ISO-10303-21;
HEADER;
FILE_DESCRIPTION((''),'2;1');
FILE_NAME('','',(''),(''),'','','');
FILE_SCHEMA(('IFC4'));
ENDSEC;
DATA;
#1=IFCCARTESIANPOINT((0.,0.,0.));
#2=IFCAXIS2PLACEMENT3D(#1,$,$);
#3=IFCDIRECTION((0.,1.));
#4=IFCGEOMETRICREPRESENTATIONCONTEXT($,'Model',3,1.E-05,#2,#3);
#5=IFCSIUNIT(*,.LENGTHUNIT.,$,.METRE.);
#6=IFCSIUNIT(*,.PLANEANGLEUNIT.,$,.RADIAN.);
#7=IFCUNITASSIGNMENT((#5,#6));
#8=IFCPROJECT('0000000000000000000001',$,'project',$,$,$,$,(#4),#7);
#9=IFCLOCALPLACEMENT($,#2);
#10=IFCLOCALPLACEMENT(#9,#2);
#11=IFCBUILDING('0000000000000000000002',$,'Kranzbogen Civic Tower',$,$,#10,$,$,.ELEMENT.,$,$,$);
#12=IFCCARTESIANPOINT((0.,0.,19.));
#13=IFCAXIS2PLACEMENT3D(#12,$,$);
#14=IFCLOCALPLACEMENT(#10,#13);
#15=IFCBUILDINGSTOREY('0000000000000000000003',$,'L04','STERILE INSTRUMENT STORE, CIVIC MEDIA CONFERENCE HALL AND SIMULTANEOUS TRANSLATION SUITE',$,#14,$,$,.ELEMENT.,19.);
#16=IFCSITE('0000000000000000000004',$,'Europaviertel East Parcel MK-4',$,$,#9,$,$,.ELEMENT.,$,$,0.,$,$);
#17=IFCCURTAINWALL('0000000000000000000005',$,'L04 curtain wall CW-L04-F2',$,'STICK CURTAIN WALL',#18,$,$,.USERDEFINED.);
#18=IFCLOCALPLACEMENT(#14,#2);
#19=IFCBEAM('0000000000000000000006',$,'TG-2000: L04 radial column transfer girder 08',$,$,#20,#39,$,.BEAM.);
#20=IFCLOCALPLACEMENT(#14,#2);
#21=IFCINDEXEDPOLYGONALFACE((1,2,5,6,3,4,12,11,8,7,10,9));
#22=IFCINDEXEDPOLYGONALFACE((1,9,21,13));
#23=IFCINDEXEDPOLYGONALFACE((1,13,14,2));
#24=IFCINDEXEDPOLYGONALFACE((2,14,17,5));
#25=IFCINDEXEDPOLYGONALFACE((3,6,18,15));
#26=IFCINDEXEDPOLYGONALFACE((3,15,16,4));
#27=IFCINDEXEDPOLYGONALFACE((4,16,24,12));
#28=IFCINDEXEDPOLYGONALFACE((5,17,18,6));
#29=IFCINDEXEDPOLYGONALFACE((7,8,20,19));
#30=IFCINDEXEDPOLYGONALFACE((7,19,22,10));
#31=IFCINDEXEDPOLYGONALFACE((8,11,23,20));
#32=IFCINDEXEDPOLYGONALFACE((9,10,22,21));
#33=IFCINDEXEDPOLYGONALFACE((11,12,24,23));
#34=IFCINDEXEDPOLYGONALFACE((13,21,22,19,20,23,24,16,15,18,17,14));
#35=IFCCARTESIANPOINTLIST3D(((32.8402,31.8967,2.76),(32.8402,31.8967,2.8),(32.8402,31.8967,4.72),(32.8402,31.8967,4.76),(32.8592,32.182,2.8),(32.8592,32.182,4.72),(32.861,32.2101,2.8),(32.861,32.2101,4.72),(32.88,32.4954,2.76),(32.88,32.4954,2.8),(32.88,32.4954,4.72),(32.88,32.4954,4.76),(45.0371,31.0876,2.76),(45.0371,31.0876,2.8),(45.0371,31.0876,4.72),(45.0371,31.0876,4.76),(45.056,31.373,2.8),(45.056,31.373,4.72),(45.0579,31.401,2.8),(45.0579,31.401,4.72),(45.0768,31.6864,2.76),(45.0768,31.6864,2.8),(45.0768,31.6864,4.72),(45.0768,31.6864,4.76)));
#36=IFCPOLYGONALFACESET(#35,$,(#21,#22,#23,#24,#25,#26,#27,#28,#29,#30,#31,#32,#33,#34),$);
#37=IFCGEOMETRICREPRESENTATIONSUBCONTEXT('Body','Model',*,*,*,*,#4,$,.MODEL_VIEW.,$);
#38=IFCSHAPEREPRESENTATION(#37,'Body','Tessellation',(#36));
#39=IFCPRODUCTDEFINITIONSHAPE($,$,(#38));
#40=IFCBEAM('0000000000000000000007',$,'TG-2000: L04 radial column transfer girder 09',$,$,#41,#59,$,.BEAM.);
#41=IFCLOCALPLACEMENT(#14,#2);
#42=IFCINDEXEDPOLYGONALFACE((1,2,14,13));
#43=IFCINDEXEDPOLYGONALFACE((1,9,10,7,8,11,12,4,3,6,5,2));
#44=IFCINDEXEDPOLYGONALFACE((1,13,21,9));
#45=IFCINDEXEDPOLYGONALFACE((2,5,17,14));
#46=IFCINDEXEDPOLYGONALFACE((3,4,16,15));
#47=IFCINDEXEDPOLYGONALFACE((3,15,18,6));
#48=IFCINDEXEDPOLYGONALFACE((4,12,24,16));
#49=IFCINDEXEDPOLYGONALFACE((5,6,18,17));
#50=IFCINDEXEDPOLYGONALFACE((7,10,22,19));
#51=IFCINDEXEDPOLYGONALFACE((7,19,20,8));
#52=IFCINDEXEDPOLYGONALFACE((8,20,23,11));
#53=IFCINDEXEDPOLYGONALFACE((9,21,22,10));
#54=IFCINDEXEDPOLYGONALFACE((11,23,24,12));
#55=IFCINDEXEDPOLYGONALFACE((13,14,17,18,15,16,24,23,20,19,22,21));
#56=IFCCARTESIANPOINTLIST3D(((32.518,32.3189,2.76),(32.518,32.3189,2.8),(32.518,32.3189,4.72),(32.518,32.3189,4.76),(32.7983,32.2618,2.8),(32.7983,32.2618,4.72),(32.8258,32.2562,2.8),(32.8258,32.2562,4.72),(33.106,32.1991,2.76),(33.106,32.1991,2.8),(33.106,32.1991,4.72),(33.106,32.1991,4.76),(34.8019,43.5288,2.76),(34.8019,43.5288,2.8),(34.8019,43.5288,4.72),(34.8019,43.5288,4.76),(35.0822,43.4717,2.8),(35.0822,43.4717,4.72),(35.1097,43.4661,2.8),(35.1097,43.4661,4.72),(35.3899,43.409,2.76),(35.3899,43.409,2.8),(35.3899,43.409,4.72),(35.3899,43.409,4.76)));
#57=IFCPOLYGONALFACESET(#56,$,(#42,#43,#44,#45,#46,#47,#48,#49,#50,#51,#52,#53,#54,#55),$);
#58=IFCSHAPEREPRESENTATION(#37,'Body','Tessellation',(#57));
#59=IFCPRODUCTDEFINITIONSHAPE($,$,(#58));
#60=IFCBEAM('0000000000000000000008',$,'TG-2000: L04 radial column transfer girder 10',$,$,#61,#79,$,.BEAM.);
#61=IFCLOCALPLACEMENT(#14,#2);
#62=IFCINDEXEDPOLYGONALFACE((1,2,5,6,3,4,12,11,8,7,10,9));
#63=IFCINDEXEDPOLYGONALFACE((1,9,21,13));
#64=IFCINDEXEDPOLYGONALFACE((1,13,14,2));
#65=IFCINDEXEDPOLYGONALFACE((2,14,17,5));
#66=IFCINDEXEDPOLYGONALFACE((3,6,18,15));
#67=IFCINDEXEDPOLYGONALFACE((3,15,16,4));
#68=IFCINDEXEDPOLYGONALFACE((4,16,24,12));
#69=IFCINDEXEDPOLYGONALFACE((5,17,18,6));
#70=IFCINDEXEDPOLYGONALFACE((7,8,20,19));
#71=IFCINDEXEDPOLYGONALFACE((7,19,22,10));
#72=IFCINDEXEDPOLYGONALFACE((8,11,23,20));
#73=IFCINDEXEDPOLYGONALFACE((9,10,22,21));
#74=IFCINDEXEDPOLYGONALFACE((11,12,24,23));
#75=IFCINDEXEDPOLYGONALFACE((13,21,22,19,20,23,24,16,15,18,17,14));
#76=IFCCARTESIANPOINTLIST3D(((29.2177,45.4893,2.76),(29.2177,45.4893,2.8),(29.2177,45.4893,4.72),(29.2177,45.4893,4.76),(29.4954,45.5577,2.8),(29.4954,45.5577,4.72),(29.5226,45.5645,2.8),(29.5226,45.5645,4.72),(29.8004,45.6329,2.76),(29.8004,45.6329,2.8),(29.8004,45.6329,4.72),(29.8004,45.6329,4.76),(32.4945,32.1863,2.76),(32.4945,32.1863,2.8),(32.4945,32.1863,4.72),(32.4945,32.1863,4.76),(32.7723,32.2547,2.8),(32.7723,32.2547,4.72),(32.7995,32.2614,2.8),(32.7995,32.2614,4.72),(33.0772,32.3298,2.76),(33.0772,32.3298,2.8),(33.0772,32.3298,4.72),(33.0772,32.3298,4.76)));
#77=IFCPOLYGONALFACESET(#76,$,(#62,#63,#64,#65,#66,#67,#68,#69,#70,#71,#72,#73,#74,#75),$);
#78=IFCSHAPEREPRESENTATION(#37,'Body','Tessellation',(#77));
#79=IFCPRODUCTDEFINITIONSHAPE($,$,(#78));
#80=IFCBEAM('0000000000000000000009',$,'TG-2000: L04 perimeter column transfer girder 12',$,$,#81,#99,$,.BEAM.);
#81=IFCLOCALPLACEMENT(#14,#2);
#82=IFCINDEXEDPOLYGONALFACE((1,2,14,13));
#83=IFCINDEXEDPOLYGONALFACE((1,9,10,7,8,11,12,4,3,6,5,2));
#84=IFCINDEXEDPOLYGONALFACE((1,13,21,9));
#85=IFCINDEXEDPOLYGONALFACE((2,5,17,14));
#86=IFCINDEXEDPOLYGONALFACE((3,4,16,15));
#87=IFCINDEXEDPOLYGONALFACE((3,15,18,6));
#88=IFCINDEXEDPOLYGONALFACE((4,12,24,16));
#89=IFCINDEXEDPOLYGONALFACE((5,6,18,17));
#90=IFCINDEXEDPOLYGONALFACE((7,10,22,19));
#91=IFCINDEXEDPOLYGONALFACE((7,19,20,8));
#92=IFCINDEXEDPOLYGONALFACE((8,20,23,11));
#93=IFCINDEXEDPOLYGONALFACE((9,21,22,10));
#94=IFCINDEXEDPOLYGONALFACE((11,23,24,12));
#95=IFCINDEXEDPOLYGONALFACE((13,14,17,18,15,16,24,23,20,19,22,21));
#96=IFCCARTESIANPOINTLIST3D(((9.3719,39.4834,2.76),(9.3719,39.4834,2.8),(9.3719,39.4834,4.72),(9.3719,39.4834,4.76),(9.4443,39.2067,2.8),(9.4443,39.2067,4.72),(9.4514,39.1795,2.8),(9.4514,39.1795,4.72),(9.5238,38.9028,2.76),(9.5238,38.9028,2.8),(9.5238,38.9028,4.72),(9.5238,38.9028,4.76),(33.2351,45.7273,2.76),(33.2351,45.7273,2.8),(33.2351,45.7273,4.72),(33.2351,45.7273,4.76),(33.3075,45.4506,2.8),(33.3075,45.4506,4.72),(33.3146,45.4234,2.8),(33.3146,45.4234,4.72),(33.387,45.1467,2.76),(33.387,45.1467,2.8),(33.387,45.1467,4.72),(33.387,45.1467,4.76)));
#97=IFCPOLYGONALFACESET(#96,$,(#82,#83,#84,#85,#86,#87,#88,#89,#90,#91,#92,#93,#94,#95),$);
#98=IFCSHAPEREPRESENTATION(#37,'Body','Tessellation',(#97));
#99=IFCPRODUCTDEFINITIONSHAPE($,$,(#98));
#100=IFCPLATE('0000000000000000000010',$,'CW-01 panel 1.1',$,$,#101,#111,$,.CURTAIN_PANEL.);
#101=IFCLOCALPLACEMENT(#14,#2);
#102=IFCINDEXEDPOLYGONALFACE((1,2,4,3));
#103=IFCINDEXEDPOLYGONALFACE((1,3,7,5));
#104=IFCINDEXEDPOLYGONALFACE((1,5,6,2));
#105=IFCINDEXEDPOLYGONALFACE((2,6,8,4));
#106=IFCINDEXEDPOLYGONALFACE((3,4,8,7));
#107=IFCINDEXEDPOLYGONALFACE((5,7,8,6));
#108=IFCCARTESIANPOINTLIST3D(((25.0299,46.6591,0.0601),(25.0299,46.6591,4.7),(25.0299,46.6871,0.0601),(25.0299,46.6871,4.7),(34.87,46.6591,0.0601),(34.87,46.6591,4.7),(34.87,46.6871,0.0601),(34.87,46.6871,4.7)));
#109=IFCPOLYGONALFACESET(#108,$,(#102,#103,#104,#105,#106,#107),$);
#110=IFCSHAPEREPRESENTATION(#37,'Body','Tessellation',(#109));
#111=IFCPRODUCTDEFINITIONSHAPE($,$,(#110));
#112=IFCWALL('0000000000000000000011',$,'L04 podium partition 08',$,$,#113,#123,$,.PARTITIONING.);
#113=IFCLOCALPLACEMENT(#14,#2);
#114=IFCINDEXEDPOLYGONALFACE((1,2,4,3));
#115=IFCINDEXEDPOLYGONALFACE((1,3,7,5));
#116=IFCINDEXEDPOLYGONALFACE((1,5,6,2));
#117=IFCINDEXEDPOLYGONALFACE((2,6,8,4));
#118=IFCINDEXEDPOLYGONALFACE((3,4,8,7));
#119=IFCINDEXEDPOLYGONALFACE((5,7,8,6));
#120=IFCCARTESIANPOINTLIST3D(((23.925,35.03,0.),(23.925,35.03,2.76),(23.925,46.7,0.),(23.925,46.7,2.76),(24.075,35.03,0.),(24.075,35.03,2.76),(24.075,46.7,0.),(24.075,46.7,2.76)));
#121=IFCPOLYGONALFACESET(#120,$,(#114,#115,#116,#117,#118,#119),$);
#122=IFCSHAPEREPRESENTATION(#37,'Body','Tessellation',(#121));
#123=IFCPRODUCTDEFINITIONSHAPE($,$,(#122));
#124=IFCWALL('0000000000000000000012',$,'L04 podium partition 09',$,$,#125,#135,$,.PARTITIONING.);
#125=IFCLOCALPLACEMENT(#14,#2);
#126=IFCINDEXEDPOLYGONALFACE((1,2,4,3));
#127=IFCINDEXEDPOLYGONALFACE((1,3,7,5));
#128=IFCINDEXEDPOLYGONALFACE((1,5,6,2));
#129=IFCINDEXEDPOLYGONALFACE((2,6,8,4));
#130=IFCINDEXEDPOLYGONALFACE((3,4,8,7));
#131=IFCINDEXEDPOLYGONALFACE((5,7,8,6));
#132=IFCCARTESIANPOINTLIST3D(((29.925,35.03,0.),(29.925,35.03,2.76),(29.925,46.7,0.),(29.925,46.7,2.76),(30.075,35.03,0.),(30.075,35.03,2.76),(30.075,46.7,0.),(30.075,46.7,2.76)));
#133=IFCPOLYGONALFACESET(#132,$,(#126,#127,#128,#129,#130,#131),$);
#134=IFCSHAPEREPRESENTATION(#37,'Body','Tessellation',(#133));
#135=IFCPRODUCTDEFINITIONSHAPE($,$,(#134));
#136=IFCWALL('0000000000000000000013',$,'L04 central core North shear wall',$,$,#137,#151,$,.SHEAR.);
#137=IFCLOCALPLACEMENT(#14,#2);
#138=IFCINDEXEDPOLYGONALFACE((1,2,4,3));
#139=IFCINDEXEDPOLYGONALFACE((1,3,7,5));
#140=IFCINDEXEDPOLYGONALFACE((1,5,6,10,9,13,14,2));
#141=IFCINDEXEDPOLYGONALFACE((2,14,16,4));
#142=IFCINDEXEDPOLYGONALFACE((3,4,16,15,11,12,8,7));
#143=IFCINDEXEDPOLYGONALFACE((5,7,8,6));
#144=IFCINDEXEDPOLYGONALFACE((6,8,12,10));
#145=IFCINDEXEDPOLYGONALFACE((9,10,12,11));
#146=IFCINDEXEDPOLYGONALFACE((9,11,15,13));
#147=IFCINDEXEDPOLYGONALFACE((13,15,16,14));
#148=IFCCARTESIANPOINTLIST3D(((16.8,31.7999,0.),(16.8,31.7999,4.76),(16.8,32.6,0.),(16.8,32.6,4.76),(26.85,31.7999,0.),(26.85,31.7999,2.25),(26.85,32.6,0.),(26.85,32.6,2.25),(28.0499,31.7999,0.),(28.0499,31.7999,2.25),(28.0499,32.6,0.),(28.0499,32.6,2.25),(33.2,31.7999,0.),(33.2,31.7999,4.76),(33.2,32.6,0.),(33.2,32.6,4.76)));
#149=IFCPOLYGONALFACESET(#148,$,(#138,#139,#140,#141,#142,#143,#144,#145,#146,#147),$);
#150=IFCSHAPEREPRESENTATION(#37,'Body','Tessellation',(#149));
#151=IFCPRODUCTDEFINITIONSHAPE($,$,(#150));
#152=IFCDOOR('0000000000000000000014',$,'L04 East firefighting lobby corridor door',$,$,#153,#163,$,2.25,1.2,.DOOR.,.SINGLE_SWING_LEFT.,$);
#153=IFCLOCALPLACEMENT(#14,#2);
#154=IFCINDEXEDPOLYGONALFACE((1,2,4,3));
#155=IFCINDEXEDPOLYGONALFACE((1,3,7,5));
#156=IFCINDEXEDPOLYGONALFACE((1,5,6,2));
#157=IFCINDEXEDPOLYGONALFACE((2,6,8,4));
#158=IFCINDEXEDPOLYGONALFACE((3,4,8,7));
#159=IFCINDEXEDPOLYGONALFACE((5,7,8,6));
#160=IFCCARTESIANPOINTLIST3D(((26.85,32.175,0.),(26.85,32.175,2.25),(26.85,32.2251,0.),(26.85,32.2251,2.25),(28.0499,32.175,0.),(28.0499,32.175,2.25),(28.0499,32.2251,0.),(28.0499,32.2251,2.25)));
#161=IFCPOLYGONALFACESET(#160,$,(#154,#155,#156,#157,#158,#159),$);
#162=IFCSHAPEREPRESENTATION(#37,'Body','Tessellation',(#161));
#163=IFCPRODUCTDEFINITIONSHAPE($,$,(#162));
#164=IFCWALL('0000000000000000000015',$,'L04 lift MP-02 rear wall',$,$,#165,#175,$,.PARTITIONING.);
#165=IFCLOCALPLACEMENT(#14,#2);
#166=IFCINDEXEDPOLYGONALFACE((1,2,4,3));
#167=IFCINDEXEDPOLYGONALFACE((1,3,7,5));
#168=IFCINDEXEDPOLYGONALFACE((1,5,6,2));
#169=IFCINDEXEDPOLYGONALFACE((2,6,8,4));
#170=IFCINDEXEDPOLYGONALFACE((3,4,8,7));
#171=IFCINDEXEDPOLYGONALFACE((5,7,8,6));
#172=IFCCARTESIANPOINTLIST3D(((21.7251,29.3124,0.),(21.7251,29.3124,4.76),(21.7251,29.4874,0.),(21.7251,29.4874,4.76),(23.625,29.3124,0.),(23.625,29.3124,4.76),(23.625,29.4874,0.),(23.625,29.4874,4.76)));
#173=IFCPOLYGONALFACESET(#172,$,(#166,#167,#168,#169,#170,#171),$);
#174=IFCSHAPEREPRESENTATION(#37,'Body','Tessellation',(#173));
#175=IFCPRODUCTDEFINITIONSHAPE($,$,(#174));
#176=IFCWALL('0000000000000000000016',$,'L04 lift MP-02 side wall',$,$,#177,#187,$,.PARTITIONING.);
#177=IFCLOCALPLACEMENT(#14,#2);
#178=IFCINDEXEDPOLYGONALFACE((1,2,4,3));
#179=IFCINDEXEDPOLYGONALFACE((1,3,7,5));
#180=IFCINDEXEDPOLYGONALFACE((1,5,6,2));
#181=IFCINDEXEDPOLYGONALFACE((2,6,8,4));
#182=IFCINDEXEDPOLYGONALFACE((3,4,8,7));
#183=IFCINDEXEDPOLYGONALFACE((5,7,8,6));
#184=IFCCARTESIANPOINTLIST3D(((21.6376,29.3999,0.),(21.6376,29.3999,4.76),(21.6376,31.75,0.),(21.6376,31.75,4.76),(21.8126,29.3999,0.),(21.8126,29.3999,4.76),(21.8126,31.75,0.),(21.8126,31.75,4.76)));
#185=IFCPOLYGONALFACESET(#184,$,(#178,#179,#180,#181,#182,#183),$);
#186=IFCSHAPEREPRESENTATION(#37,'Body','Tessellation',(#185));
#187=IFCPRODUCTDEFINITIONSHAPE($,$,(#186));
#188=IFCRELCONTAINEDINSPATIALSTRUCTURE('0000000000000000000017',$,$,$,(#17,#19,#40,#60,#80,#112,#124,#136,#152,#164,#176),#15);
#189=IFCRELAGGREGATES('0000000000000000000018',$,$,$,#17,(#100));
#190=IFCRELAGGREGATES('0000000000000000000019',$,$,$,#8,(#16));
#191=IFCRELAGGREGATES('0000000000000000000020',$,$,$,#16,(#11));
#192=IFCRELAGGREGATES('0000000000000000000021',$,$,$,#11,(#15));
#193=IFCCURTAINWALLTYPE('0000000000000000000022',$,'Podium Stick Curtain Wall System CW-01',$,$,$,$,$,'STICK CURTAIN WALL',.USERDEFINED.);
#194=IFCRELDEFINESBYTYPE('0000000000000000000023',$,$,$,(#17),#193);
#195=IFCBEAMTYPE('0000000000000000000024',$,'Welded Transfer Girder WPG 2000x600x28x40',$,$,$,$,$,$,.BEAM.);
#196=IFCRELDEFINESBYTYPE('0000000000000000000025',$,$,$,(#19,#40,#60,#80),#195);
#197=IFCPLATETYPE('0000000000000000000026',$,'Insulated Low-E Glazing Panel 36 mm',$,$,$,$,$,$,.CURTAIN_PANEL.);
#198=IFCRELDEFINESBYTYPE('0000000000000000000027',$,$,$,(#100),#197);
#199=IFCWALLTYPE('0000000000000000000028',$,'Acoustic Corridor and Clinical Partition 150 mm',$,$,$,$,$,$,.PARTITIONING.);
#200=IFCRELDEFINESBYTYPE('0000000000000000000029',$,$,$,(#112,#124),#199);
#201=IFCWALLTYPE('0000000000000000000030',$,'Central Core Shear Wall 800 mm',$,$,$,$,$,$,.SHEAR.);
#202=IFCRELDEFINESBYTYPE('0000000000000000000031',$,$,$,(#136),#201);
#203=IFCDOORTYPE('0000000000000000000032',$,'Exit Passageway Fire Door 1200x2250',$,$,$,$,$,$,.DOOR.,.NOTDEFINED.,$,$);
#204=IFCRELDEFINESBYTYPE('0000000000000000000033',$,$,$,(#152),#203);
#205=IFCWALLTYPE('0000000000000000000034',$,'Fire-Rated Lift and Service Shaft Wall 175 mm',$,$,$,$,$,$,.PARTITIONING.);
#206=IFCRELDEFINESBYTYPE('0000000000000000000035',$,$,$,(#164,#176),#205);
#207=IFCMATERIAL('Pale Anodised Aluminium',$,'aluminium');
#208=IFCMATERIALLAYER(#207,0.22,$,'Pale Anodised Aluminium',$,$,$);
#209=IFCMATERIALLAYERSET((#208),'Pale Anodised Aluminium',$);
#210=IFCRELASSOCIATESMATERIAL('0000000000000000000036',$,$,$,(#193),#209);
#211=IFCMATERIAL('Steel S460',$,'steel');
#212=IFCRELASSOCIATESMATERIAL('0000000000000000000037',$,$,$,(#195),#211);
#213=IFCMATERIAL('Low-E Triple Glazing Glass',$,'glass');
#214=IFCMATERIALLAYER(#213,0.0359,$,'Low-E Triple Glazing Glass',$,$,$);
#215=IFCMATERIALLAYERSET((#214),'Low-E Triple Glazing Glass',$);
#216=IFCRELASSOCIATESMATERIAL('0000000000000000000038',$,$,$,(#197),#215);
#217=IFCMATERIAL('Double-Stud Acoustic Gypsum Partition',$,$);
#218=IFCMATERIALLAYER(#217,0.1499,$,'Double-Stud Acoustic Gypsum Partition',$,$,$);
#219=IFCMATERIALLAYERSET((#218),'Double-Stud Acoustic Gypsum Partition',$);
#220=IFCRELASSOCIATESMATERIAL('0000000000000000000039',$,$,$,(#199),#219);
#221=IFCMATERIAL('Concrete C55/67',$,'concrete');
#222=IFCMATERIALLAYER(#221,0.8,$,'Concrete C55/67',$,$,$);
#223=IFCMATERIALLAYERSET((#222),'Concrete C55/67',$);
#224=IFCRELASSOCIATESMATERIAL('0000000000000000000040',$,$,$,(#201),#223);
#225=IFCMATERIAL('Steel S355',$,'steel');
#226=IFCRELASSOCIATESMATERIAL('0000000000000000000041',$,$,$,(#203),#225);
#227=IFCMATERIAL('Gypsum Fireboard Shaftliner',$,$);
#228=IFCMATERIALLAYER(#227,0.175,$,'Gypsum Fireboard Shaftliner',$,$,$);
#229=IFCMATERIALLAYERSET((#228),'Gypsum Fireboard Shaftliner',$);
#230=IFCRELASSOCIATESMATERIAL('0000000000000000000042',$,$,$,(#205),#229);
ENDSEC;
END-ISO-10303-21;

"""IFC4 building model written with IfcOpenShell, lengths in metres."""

from ifc_helpers import new_model, si_unit, direction, frame, frame_2d, origin, origin_2d, place, context, subcontext, project, spatial, rectangle, i_section, extrude, material, layer, layer_set, material_profile, profile_set, type_object, element, fill, aggregate, save


model = new_model("IFC4")

# Units and contexts
model_context = context("Model", 3, precision=1e-05, world=origin(), true_north=direction((0.0, 1.0)))
body_context = subcontext(model_context, "Body", "Model", "MODEL_VIEW")
ifc_project = project(units=[si_unit("LENGTHUNIT", "METRE"), si_unit("PLANEANGLEUNIT", "RADIAN")], contexts=[model_context])

# Site, building, storey
site_placement = place(None, origin())
site = spatial("IfcSite", under=ifc_project, at=site_placement, Name="Europaviertel East Parcel MK-4", CompositionType="ELEMENT", RefElevation=0.0)
building_placement = place(site_placement, origin())
building = spatial("IfcBuilding", under=site, at=building_placement, Name="Kranzbogen Civic Tower", CompositionType="ELEMENT")
storey_placement = place(building_placement, frame((0.0, 0.0, 19.0)))
storey = spatial("IfcBuildingStorey", under=building, at=storey_placement, Name="L04", Description="STERILE INSTRUMENT STORE, CIVIC MEDIA CONFERENCE HALL AND SIMULTANEOUS TRANSLATION SUITE", CompositionType="ELEMENT", Elevation=19.0)

# Shared definitions
ifc_material_1 = material(Name="Steel S460", Category="steel")

# Curtain wall
ifc_material_2 = material(Name="Pale Anodised Aluminium", Category="aluminium")
ifc_layer_1 = layer(ifc_material_2, 0.22, Name="Pale Anodised Aluminium")
ifc_layer_set_1 = layer_set([ifc_layer_1], Name="Pale Anodised Aluminium")
curtain_wall_type = type_object("IfcCurtainWallType", Name="Podium Stick Curtain Wall System CW-01", ElementType="STICK CURTAIN WALL", PredefinedType="USERDEFINED", material=ifc_layer_set_1)
curtain_wall_placement = place(storey_placement, origin())
curtain_wall = element("IfcCurtainWall", 1, at=curtain_wall_placement, inside=storey, type_object=curtain_wall_type, Name="L04 curtain wall CW-L04-F2", ObjectType="STICK CURTAIN WALL", PredefinedType="USERDEFINED")

# Beams
ifc_material_profile_1 = material_profile(ifc_material_1, i_section(OverallWidth=0.6001, OverallDepth=2.0, WebThickness=0.0281, FlangeThickness=0.04, at=origin_2d()), Name="WPG 2000x600x28x40")
ifc_profile_set_1 = profile_set([ifc_material_profile_1], Name="Steel S460")
beam_type = type_object("IfcBeamType", Name="Welded Transfer Girder WPG 2000x600x28x40", PredefinedType="BEAM", material=ifc_profile_set_1)
beam_1_placement = place(storey_placement, frame((32.8601, 32.196, 3.76), z_axis=(0.997807, -0.06619, 0.0), x_axis=(0.06619, 0.997807, 0.0)))
element("IfcBeam", 2, at=beam_1_placement, inside=storey, type_object=beam_type, Name="TG-2000: L04 radial column transfer girder 08", PredefinedType="BEAM", context=body_context, shape_type="SweptSolid", body=[
    extrude(i_section(OverallWidth=0.6001, OverallDepth=2.0, WebThickness=0.0281, FlangeThickness=0.04, at=origin_2d()), origin(), (0.0, 0.0, 1.0), 12.2236),
])
beam_2_placement = place(storey_placement, frame((32.812, 32.259, 3.76), z_axis=(0.19964, 0.979869, 0.0), x_axis=(-0.979869, 0.19964, 0.0)))
element("IfcBeam", 3, at=beam_2_placement, inside=storey, type_object=beam_type, Name="TG-2000: L04 radial column transfer girder 09", PredefinedType="BEAM", context=body_context, shape_type="SweptSolid", body=[
    extrude(i_section(OverallWidth=0.6001, OverallDepth=2.0, WebThickness=0.0281, FlangeThickness=0.04, at=origin_2d()), origin(), (0.0, 0.0, 1.0), 11.4402),
])
beam_3_placement = place(storey_placement, frame((32.7859, 32.2581, 3.76), z_axis=(-0.239176, 0.970976, 0.0), x_axis=(-0.970976, -0.239176, 0.0)))
element("IfcBeam", 4, at=beam_3_placement, inside=storey, type_object=beam_type, Name="TG-2000: L04 radial column transfer girder 10", PredefinedType="BEAM", context=body_context, shape_type="SweptSolid", body=[
    extrude(i_section(OverallWidth=0.6001, OverallDepth=2.0, WebThickness=0.0281, FlangeThickness=0.04, at=origin_2d()), origin(), (0.0, 0.0, 1.0), 13.7007),
])
beam_4_placement = place(storey_placement, frame((33.311, 45.437, 3.76), z_axis=(-0.967431, -0.253134, 0.0), x_axis=(0.253134, -0.967431, 0.0)))
element("IfcBeam", 5, at=beam_4_placement, inside=storey, type_object=beam_type, Name="TG-2000: L04 perimeter column transfer girder 12", PredefinedType="BEAM", context=body_context, shape_type="SweptSolid", body=[
    extrude(i_section(OverallWidth=0.6001, OverallDepth=2.0, WebThickness=0.0281, FlangeThickness=0.04, at=origin_2d()), origin(), (0.0, 0.0, 1.0), 24.6665),
])

# Plate
ifc_material_3 = material(Name="Low-E Triple Glazing Glass", Category="glass")
ifc_layer_2 = layer(ifc_material_3, 0.0359, Name="Low-E Triple Glazing Glass")
ifc_layer_set_2 = layer_set([ifc_layer_2], Name="Low-E Triple Glazing Glass")
plate_type = type_object("IfcPlateType", Name="Insulated Low-E Glazing Panel 36 mm", PredefinedType="CURTAIN_PANEL", material=ifc_layer_set_2)
plate_placement = place(storey_placement, frame((29.95, 46.6731, 0.0601), z_axis=(0.0, 0.0, 1.0), x_axis=(-1.0, 0.0, 0.0)))
plate = element("IfcPlate", 6, at=plate_placement, type_object=plate_type, Name="CW-01 panel 1.1", PredefinedType="CURTAIN_PANEL", context=body_context, shape_type="SweptSolid", body=[
    extrude(rectangle(XDim=9.8401, YDim=0.0281, at=origin_2d()), origin(), (0.0, 0.0, 1.0), 4.6399),
])
aggregate(curtain_wall, [plate])

# Walls
ifc_material_4 = material(Name="Double-Stud Acoustic Gypsum Partition")
ifc_layer_3 = layer(ifc_material_4, 0.1499, Name="Double-Stud Acoustic Gypsum Partition")
ifc_layer_set_3 = layer_set([ifc_layer_3], Name="Double-Stud Acoustic Gypsum Partition")
wall_type_1 = type_object("IfcWallType", Name="Acoustic Corridor and Clinical Partition 150 mm", PredefinedType="PARTITIONING", material=ifc_layer_set_3)
for number, where, z_axis, x_axis, name in (
    (7, (24.0, 35.03, 0.0), (0.0, 0.0, 1.0), (0.0, 1.0, 0.0), "L04 podium partition 08"),
    (8, (30.0, 35.03, 0.0), (0.0, 0.0, 1.0), (0.0, 1.0, 0.0), "L04 podium partition 09"),
):
    element("IfcWall", number, at=place(storey_placement, frame(where, z_axis=z_axis, x_axis=x_axis)), inside=storey, type_object=wall_type_1, Name=name, PredefinedType="PARTITIONING", context=body_context, shape_type="SweptSolid", body=[
        extrude(rectangle(XDim=11.6699, YDim=0.1499, at=frame_2d((5.835, 0.0))), origin(), (0.0, 0.0, 1.0), 2.76),
    ])

# Wall, opening, door
ifc_material_5 = material(Name="Concrete C55/67", Category="concrete")
ifc_layer_4 = layer(ifc_material_5, 0.8, Name="Concrete C55/67")
ifc_layer_set_4 = layer_set([ifc_layer_4], Name="Concrete C55/67")
wall_type_2 = type_object("IfcWallType", Name="Central Core Shear Wall 800 mm", PredefinedType="SHEAR", material=ifc_layer_set_4)
wall_1_placement = place(storey_placement, frame((33.2, 32.2, 0.0), z_axis=(0.0, 0.0, 1.0), x_axis=(-1.0, 0.0, 0.0)))
wall_1 = element("IfcWall", 9, at=wall_1_placement, inside=storey, type_object=wall_type_2, Name="L04 central core North shear wall", PredefinedType="SHEAR", context=body_context, shape_type="SweptSolid", body=[
    extrude(rectangle(XDim=16.3999, YDim=0.8, at=frame_2d((8.2, 0.0))), origin(), (0.0, 0.0, 1.0), 4.76),
])
opening_placement = place(wall_1_placement, frame((5.1499, 0.0, 0.0)))
opening = element("IfcOpeningElement", 10, at=opening_placement, cuts=wall_1, PredefinedType="OPENING", context=body_context, shape_type="SweptSolid", body=[
    extrude(rectangle(XDim=1.2, YDim=2.25, at=frame_2d((0.6001, 1.125))), frame((0.0, 0.4102, 0.0), z_axis=(0.0, -1.0, 0.0), x_axis=(1.0, 0.0, 0.0)), (0.0, 0.0, 1.0), 0.8201),
])
ifc_material_6 = material(Name="Steel S355", Category="steel")
door_type = type_object("IfcDoorType", Name="Exit Passageway Fire Door 1200x2250", OperationType="NOTDEFINED", PredefinedType="DOOR", material=ifc_material_6)
door_placement = place(opening_placement, origin())
door = element("IfcDoor", 11, at=door_placement, inside=storey, type_object=door_type, Name="L04 East firefighting lobby corridor door", OperationType="SINGLE_SWING_LEFT", OverallHeight=2.25, OverallWidth=1.2, PredefinedType="DOOR", context=body_context, shape_type="SweptSolid", body=[
    extrude(rectangle(XDim=1.2, YDim=2.25, at=frame_2d((0.6001, 1.125))), frame((0.0, 0.0249, 0.0), z_axis=(0.0, -1.0, 0.0), x_axis=(1.0, 0.0, 0.0)), (0.0, 0.0, 1.0), 0.05),
])
fill(opening, door)

# Walls
ifc_material_7 = material(Name="Gypsum Fireboard Shaftliner")
ifc_layer_5 = layer(ifc_material_7, 0.175, Name="Gypsum Fireboard Shaftliner")
ifc_layer_set_5 = layer_set([ifc_layer_5], Name="Gypsum Fireboard Shaftliner")
wall_type_3 = type_object("IfcWallType", Name="Fire-Rated Lift and Service Shaft Wall 175 mm", PredefinedType="PARTITIONING", material=ifc_layer_set_5)
wall_2_placement = place(storey_placement, frame((21.7251, 29.3999, 0.0), z_axis=(0.0, 0.0, 1.0), x_axis=(1.0, 0.0, 0.0)))
element("IfcWall", 12, at=wall_2_placement, inside=storey, type_object=wall_type_3, Name="L04 lift MP-02 rear wall", PredefinedType="PARTITIONING", context=body_context, shape_type="SweptSolid", body=[
    extrude(rectangle(XDim=1.8999, YDim=0.175, at=frame_2d((0.95, 0.0))), origin(), (0.0, 0.0, 1.0), 4.76),
])
wall_3_placement = place(storey_placement, frame((21.7251, 29.3999, 0.0), z_axis=(0.0, 0.0, 1.0), x_axis=(0.0, 1.0, 0.0)))
element("IfcWall", 13, at=wall_3_placement, inside=storey, type_object=wall_type_3, Name="L04 lift MP-02 side wall", PredefinedType="PARTITIONING", context=body_context, shape_type="SweptSolid", body=[
    extrude(rectangle(XDim=2.3501, YDim=0.175, at=frame_2d((1.175, 0.0))), origin(), (0.0, 0.0, 1.0), 4.76),
])

save(model, "model.ifc")
